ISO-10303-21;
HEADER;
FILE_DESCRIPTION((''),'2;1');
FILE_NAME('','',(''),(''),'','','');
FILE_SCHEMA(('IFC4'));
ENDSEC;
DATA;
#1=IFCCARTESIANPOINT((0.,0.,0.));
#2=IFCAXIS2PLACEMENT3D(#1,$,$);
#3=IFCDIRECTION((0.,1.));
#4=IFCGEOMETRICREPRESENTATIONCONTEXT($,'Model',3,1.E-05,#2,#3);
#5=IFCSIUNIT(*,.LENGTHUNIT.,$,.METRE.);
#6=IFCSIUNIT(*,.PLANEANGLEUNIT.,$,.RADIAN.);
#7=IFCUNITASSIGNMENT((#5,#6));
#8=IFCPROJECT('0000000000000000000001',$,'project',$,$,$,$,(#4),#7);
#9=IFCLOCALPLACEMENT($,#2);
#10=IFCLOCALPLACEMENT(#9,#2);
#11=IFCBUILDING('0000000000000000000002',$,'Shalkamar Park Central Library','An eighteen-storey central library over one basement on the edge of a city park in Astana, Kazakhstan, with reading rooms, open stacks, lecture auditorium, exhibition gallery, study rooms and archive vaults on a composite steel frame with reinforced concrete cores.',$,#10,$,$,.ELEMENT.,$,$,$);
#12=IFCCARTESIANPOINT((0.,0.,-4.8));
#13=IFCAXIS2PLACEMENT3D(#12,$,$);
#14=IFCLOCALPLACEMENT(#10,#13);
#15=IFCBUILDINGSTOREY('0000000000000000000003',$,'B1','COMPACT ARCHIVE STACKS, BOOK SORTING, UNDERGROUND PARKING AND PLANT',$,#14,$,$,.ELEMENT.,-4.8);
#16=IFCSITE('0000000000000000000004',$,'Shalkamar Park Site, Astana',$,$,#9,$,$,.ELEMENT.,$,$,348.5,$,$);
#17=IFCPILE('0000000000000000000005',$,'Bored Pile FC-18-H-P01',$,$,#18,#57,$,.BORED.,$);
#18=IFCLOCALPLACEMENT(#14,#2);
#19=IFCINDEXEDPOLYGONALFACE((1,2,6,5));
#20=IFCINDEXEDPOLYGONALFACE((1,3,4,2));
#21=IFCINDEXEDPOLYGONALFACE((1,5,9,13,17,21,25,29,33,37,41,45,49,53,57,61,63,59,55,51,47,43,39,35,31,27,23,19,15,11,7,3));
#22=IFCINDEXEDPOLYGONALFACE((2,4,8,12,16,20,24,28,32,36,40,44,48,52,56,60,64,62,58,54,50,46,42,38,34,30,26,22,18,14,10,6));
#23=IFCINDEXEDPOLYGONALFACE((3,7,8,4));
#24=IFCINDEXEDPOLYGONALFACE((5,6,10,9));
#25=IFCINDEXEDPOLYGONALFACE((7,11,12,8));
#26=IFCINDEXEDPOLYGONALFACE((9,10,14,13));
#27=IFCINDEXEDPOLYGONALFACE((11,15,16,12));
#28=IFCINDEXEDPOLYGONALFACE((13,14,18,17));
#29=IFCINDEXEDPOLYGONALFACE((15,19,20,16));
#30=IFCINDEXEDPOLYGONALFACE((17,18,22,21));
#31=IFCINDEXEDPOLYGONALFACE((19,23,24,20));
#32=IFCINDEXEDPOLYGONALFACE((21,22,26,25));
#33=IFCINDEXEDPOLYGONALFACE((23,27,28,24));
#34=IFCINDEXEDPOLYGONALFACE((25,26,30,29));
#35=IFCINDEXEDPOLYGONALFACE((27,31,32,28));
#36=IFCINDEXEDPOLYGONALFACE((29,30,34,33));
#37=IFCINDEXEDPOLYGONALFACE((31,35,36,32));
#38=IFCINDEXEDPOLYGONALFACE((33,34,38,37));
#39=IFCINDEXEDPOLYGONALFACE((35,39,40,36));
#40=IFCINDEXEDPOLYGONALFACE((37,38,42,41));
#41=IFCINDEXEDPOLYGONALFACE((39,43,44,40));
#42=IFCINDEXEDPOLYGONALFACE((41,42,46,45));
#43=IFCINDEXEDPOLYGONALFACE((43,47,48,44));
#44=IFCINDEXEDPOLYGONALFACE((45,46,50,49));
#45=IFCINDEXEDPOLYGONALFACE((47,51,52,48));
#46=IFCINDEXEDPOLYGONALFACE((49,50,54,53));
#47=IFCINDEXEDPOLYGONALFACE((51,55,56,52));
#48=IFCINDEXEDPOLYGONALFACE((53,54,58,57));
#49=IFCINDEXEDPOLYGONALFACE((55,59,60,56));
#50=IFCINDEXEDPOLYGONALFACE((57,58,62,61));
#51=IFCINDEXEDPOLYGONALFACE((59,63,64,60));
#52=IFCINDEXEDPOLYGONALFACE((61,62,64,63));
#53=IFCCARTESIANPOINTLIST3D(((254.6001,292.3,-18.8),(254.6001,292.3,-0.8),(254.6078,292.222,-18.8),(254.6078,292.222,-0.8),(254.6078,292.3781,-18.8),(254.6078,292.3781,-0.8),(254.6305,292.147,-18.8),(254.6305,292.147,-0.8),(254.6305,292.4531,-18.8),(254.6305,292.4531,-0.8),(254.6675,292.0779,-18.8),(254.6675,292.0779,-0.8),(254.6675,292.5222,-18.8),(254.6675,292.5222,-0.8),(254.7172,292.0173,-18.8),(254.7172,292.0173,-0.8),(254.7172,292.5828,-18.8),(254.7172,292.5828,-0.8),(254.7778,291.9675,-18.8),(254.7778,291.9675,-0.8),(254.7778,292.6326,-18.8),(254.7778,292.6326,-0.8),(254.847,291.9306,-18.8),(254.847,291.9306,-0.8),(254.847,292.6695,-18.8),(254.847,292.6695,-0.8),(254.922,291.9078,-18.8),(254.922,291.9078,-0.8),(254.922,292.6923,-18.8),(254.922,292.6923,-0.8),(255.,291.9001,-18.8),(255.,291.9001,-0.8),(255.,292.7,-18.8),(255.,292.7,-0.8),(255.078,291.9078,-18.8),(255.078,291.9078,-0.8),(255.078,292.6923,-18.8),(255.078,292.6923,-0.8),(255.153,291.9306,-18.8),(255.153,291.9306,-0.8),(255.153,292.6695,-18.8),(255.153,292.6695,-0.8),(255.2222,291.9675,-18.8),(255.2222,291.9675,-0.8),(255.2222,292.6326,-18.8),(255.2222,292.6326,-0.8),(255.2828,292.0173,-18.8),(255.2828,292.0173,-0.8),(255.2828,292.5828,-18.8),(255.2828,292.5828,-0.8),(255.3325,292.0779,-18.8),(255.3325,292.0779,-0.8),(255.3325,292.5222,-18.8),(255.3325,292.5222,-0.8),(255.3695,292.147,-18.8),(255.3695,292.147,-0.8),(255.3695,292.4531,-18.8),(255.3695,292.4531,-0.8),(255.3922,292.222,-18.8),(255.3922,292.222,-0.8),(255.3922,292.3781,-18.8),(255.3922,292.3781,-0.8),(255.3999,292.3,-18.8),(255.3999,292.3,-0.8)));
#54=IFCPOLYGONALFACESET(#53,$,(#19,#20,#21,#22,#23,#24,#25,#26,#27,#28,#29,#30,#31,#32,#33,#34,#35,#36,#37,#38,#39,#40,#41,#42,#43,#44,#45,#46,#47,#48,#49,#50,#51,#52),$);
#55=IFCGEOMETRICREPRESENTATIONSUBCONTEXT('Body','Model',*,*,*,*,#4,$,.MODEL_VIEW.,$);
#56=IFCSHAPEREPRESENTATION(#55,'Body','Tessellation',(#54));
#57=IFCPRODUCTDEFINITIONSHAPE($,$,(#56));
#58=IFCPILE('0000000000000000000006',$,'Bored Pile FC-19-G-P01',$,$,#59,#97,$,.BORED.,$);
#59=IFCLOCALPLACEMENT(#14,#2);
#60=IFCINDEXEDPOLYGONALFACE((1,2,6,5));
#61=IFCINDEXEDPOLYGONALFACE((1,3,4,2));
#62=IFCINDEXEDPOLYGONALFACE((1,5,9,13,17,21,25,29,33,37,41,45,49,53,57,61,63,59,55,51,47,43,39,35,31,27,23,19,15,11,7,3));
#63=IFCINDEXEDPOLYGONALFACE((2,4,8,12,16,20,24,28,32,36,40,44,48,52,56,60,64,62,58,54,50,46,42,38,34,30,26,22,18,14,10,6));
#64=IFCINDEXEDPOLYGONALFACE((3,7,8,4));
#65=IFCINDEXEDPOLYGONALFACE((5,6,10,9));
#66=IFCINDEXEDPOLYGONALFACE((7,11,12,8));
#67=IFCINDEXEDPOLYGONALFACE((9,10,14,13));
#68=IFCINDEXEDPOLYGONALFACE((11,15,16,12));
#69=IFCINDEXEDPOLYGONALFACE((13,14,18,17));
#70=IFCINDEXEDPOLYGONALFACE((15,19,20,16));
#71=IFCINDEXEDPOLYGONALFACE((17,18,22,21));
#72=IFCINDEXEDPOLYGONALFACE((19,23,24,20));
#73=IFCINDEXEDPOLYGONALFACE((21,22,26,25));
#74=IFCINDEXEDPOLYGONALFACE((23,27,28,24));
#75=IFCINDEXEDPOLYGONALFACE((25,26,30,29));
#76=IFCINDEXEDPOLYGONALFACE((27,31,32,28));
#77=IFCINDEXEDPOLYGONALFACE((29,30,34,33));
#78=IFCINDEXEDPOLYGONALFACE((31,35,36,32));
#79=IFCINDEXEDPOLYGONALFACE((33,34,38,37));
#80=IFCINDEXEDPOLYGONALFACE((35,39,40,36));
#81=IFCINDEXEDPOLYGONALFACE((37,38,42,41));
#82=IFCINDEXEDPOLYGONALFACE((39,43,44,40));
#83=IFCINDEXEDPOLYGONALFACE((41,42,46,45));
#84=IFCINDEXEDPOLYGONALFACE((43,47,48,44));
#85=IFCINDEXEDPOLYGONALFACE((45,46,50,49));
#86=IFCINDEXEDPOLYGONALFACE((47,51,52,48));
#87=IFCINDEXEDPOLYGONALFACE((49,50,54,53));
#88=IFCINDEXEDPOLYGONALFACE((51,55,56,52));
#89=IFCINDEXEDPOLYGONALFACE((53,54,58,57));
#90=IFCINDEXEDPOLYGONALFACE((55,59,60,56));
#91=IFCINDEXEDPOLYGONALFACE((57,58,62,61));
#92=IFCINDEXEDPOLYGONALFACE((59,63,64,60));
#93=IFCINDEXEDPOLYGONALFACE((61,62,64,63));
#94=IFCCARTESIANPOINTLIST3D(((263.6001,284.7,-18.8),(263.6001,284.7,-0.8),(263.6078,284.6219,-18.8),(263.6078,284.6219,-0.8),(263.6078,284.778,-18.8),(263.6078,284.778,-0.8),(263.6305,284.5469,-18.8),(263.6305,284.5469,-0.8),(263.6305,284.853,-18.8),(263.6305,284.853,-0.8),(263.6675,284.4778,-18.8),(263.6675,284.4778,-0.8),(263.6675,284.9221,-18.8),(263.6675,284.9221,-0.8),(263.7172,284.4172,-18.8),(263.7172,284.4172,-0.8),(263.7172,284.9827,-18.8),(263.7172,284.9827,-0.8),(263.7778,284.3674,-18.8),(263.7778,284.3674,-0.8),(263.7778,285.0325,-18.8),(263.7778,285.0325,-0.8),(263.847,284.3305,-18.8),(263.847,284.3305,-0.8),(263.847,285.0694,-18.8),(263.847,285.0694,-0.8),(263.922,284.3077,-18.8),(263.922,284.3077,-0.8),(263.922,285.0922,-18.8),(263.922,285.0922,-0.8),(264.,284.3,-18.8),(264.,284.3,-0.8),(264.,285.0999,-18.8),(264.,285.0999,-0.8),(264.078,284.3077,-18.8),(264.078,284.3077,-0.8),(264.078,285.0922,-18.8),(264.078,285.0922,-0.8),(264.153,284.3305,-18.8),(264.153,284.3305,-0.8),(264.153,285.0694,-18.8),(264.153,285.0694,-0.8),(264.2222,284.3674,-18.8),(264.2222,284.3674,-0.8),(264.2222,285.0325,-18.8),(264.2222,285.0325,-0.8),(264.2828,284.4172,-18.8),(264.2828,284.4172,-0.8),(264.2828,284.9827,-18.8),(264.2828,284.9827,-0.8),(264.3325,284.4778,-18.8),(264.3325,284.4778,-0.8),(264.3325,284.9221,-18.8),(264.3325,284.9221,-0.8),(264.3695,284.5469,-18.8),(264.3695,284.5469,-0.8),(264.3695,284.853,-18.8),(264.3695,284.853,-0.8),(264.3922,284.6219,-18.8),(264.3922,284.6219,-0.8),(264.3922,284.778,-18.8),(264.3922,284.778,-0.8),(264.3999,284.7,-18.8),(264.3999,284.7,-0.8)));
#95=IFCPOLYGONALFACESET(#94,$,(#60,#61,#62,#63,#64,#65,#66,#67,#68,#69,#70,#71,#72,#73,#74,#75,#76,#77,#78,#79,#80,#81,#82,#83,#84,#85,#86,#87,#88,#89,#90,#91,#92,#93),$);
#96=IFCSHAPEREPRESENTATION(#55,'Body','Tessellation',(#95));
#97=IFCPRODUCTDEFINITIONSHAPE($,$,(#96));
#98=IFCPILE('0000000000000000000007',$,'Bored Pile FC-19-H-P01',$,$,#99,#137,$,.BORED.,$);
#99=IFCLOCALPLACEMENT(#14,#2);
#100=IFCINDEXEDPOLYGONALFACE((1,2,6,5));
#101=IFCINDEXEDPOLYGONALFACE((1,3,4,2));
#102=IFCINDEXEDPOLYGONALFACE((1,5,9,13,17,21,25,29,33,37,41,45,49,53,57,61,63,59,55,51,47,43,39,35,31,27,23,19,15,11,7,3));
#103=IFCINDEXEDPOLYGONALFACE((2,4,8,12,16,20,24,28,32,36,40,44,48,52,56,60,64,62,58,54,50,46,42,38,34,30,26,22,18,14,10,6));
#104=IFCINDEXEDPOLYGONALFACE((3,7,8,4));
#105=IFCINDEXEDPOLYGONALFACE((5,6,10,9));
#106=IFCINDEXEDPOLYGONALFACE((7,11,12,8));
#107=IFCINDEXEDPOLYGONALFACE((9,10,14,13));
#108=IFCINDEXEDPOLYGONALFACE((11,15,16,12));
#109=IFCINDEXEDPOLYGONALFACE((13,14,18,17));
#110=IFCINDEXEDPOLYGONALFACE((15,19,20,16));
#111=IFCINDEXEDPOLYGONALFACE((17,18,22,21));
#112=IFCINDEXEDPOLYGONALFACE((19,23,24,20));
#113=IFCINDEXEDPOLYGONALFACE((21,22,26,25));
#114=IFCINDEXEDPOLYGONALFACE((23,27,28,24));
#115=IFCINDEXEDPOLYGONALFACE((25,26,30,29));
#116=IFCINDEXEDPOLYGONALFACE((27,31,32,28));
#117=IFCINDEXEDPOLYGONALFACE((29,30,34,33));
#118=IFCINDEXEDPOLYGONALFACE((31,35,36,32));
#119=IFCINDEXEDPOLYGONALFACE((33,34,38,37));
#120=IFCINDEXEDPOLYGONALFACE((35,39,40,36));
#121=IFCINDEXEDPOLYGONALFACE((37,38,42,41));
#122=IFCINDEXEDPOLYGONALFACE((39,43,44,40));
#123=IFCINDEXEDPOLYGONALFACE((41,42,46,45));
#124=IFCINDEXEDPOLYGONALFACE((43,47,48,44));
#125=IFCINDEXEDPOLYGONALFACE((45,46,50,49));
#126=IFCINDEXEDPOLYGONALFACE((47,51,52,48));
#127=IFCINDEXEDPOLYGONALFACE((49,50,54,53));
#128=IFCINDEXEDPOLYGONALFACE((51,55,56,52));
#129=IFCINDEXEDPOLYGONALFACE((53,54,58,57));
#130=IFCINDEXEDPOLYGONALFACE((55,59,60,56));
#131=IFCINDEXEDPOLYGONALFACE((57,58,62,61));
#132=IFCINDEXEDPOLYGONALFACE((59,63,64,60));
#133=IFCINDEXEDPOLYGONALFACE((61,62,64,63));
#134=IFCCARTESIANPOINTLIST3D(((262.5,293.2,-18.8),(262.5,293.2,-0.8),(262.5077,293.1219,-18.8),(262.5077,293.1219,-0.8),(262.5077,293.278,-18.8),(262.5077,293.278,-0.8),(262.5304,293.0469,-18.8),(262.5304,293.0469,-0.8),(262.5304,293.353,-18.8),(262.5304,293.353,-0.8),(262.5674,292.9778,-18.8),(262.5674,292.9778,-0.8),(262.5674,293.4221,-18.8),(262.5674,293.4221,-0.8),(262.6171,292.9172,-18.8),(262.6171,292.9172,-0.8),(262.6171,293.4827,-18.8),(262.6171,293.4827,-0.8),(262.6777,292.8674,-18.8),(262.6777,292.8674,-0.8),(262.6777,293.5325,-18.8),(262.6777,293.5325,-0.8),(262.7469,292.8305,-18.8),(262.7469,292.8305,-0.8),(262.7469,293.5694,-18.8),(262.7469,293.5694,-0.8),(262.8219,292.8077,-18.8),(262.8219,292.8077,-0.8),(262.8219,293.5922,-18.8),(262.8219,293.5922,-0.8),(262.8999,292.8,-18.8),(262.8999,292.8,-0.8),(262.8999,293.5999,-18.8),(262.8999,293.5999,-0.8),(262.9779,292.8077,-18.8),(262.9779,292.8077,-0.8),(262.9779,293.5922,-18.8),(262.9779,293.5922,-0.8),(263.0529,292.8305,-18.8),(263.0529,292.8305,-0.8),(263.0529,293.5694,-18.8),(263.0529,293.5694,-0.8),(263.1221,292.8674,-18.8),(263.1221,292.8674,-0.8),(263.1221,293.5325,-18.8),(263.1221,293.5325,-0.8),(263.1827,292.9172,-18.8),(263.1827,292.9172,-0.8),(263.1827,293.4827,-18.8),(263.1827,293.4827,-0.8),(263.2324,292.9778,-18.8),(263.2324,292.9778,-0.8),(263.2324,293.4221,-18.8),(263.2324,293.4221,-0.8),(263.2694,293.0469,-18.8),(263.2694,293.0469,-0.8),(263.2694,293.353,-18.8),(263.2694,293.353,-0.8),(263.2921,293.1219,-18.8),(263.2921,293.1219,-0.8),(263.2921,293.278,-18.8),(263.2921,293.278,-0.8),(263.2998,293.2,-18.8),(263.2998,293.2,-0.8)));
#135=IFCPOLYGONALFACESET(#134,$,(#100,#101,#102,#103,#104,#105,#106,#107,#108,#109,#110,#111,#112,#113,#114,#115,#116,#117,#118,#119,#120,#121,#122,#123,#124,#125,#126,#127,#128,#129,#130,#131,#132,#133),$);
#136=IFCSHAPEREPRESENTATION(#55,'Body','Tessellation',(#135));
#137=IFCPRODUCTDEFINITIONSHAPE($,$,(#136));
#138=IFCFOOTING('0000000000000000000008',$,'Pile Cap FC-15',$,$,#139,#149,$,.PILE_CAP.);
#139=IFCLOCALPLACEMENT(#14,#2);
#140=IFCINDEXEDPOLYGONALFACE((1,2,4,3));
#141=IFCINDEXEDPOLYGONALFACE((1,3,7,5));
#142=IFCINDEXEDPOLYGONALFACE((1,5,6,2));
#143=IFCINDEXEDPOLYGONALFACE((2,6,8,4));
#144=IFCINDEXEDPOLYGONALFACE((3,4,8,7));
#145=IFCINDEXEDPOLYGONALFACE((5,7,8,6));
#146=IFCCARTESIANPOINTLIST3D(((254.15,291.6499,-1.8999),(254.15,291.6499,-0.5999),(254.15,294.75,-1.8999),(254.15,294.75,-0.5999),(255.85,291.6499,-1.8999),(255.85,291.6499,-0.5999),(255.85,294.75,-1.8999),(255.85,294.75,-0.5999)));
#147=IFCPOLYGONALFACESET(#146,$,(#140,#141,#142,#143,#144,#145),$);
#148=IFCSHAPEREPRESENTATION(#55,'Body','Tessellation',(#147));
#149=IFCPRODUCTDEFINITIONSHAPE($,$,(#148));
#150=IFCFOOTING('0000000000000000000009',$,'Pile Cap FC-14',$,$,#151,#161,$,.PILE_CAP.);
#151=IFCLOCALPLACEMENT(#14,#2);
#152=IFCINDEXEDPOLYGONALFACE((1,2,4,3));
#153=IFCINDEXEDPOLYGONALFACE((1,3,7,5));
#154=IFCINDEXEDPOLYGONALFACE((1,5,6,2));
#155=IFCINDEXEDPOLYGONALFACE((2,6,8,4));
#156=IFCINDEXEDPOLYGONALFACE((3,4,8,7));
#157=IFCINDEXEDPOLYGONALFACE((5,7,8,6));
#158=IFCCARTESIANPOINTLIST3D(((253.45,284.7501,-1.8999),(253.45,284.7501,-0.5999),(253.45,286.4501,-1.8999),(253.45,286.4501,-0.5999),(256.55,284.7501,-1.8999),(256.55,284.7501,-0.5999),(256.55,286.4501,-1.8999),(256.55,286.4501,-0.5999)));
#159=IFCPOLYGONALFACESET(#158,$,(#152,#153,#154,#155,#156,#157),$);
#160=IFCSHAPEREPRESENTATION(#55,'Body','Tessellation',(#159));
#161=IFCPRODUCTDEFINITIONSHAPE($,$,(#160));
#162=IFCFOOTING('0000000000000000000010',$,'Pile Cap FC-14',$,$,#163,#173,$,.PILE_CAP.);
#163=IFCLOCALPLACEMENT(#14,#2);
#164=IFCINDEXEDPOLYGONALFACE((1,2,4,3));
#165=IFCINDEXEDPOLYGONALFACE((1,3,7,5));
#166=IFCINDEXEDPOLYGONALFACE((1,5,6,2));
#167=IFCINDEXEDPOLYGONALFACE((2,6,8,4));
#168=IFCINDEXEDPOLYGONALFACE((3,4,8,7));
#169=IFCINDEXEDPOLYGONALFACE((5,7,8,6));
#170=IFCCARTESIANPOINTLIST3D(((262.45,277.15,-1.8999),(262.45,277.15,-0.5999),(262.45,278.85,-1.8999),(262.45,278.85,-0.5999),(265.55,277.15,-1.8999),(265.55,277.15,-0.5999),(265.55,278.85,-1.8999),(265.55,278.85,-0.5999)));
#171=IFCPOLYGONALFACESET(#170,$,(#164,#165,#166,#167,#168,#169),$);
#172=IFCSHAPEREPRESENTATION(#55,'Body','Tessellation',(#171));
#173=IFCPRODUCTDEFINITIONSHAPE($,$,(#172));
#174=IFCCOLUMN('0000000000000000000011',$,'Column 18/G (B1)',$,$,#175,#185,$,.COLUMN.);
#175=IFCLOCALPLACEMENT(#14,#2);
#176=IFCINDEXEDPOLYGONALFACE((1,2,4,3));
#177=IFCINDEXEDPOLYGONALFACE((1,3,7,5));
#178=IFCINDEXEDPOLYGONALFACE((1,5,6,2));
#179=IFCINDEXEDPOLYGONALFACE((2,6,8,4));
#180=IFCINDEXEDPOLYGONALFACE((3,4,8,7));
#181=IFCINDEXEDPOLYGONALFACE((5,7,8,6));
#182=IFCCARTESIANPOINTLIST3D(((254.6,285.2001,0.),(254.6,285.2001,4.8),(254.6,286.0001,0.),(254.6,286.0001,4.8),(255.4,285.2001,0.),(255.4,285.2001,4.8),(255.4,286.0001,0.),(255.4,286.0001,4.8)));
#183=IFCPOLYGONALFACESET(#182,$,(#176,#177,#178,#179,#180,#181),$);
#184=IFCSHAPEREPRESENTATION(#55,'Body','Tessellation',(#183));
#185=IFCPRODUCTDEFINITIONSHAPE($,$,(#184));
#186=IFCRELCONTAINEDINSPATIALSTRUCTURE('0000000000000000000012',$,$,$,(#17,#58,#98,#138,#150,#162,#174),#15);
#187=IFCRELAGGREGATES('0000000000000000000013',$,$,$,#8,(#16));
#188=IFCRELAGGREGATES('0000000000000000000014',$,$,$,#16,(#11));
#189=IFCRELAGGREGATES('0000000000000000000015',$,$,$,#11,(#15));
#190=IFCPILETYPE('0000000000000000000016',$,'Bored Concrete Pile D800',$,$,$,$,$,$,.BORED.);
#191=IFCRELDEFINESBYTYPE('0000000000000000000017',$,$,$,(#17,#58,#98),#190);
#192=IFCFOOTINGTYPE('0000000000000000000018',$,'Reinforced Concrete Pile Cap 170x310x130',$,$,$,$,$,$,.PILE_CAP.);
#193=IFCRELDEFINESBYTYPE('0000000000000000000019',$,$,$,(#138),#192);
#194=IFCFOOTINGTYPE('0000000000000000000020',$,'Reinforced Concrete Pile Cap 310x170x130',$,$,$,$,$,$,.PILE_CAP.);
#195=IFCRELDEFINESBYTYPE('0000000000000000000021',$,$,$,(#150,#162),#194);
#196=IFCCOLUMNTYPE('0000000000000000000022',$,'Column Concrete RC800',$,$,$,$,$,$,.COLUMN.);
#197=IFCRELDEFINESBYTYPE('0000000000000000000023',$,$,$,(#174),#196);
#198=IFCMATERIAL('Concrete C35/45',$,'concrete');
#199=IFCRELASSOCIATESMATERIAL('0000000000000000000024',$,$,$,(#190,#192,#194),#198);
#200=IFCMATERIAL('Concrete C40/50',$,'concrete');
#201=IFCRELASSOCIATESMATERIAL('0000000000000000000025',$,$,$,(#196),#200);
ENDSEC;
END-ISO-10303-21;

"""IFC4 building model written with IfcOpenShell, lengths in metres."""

from ifc_helpers import new_model, si_unit, direction, frame, origin, origin_2d, place, context, subcontext, project, spatial, rectangle, circle, extrude, material, material_profile, profile_set, type_object, element, save


model = new_model("IFC4")

# Units and contexts
model_context = context("Model", 3, precision=1e-05, world=origin(), true_north=direction((0.0, 1.0)))
body_context = subcontext(model_context, "Body", "Model", "MODEL_VIEW")
ifc_project = project(units=[si_unit("LENGTHUNIT", "METRE"), si_unit("PLANEANGLEUNIT", "RADIAN")], contexts=[model_context])

# Site, building, storey
site_placement = place(None, origin())
site = spatial("IfcSite", under=ifc_project, at=site_placement, Name="Shalkamar Park Site, Astana", CompositionType="ELEMENT", RefElevation=348.5)
building_placement = place(site_placement, origin())
building = spatial("IfcBuilding", under=site, at=building_placement, Name="Shalkamar Park Central Library", Description="An eighteen-storey central library over one basement on the edge of a city park in Astana, Kazakhstan, with reading rooms, open stacks, lecture auditorium, exhibition gallery, study rooms and archive vaults on a composite steel frame with reinforced concrete cores.", CompositionType="ELEMENT")
storey_placement = place(building_placement, frame((0.0, 0.0, -4.8)))
storey = spatial("IfcBuildingStorey", under=building, at=storey_placement, Name="B1", Description="COMPACT ARCHIVE STACKS, BOOK SORTING, UNDERGROUND PARKING AND PLANT", CompositionType="ELEMENT", Elevation=-4.8)

# Piles
ifc_material_1 = material(Name="Concrete C35/45", Category="concrete")
ifc_material_profile_1 = material_profile(ifc_material_1, circle(Radius=0.3999, at=origin_2d()), Name="PILE D800")
ifc_profile_set_1 = profile_set([ifc_material_profile_1], Name="Concrete C35/45")
pile_type = type_object("IfcPileType", Name="Bored Concrete Pile D800", PredefinedType="BORED", material=ifc_profile_set_1)
for number, where, z_axis, x_axis, name in (
    (1, (255.0, 292.3, -0.8), (0.0, 0.0, -1.0), (1.0, 0.0, 0.0), "Bored Pile FC-18-H-P01"),
    (2, (264.0, 284.7, -0.8), (0.0, 0.0, -1.0), (1.0, 0.0, 0.0), "Bored Pile FC-19-G-P01"),
    (3, (262.8999, 293.2, -0.8), (0.0, 0.0, -1.0), (1.0, 0.0, 0.0), "Bored Pile FC-19-H-P01"),
):
    element("IfcPile", number, at=place(storey_placement, frame(where, z_axis=z_axis, x_axis=x_axis)), inside=storey, type_object=pile_type, Name=name, PredefinedType="BORED", context=body_context, shape_type="SweptSolid", body=[
        extrude(circle(Radius=0.3999, at=origin_2d()), origin(), (0.0, 0.0, 1.0), 18.0),
    ])

# Footings
footing_type_1 = type_object("IfcFootingType", Name="Reinforced Concrete Pile Cap 170x310x130", PredefinedType="PILE_CAP", material=ifc_material_1)
footing_placement = place(storey_placement, frame((255.0, 293.2, -1.8999), z_axis=(0.0, 0.0, 1.0), x_axis=(1.0, 0.0, 0.0)))
element("IfcFooting", 4, at=footing_placement, inside=storey, type_object=footing_type_1, Name="Pile Cap FC-15", PredefinedType="PILE_CAP", context=body_context, shape_type="SweptSolid", body=[
    extrude(rectangle(XDim=1.7, YDim=3.1001, at=origin_2d()), origin(), (0.0, 0.0, 1.0), 1.3),
])
footing_type_2 = type_object("IfcFootingType", Name="Reinforced Concrete Pile Cap 310x170x130", PredefinedType="PILE_CAP", material=ifc_material_1)
for number, where, z_axis, x_axis, name in (
    (5, (255.0, 285.6001, -1.8999), (0.0, 0.0, 1.0), (1.0, 0.0, 0.0), "Pile Cap FC-14"),
    (6, (264.0, 278.0, -1.8999), (0.0, 0.0, 1.0), (1.0, 0.0, 0.0), "Pile Cap FC-14"),
):
    element("IfcFooting", number, at=place(storey_placement, frame(where, z_axis=z_axis, x_axis=x_axis)), inside=storey, type_object=footing_type_2, Name=name, PredefinedType="PILE_CAP", context=body_context, shape_type="SweptSolid", body=[
        extrude(rectangle(XDim=3.1001, YDim=1.7, at=origin_2d()), origin(), (0.0, 0.0, 1.0), 1.3),
    ])

# Column
ifc_material_2 = material(Name="Concrete C40/50", Category="concrete")
ifc_material_profile_2 = material_profile(ifc_material_2, rectangle(XDim=0.8, YDim=0.8, at=origin_2d()), Name="RC 800x800")
ifc_profile_set_2 = profile_set([ifc_material_profile_2], Name="Concrete C40/50")
column_type_1 = type_object("IfcColumnType", Name="Column Concrete RC800", PredefinedType="COLUMN", material=ifc_profile_set_2)
column_1_placement = place(storey_placement, frame((255.0, 285.6001, 0.0), z_axis=(0.0, 0.0, 1.0), x_axis=(1.0, 0.0, 0.0)))
element("IfcColumn", 7, at=column_1_placement, inside=storey, type_object=column_type_1, Name="Column 18/G (B1)", PredefinedType="COLUMN", context=body_context, shape_type="SweptSolid", body=[
    extrude(rectangle(XDim=0.8, YDim=0.8, at=origin_2d()), origin(), (0.0, 0.0, 1.0), 4.8),
])

save(model, "model.ifc")
